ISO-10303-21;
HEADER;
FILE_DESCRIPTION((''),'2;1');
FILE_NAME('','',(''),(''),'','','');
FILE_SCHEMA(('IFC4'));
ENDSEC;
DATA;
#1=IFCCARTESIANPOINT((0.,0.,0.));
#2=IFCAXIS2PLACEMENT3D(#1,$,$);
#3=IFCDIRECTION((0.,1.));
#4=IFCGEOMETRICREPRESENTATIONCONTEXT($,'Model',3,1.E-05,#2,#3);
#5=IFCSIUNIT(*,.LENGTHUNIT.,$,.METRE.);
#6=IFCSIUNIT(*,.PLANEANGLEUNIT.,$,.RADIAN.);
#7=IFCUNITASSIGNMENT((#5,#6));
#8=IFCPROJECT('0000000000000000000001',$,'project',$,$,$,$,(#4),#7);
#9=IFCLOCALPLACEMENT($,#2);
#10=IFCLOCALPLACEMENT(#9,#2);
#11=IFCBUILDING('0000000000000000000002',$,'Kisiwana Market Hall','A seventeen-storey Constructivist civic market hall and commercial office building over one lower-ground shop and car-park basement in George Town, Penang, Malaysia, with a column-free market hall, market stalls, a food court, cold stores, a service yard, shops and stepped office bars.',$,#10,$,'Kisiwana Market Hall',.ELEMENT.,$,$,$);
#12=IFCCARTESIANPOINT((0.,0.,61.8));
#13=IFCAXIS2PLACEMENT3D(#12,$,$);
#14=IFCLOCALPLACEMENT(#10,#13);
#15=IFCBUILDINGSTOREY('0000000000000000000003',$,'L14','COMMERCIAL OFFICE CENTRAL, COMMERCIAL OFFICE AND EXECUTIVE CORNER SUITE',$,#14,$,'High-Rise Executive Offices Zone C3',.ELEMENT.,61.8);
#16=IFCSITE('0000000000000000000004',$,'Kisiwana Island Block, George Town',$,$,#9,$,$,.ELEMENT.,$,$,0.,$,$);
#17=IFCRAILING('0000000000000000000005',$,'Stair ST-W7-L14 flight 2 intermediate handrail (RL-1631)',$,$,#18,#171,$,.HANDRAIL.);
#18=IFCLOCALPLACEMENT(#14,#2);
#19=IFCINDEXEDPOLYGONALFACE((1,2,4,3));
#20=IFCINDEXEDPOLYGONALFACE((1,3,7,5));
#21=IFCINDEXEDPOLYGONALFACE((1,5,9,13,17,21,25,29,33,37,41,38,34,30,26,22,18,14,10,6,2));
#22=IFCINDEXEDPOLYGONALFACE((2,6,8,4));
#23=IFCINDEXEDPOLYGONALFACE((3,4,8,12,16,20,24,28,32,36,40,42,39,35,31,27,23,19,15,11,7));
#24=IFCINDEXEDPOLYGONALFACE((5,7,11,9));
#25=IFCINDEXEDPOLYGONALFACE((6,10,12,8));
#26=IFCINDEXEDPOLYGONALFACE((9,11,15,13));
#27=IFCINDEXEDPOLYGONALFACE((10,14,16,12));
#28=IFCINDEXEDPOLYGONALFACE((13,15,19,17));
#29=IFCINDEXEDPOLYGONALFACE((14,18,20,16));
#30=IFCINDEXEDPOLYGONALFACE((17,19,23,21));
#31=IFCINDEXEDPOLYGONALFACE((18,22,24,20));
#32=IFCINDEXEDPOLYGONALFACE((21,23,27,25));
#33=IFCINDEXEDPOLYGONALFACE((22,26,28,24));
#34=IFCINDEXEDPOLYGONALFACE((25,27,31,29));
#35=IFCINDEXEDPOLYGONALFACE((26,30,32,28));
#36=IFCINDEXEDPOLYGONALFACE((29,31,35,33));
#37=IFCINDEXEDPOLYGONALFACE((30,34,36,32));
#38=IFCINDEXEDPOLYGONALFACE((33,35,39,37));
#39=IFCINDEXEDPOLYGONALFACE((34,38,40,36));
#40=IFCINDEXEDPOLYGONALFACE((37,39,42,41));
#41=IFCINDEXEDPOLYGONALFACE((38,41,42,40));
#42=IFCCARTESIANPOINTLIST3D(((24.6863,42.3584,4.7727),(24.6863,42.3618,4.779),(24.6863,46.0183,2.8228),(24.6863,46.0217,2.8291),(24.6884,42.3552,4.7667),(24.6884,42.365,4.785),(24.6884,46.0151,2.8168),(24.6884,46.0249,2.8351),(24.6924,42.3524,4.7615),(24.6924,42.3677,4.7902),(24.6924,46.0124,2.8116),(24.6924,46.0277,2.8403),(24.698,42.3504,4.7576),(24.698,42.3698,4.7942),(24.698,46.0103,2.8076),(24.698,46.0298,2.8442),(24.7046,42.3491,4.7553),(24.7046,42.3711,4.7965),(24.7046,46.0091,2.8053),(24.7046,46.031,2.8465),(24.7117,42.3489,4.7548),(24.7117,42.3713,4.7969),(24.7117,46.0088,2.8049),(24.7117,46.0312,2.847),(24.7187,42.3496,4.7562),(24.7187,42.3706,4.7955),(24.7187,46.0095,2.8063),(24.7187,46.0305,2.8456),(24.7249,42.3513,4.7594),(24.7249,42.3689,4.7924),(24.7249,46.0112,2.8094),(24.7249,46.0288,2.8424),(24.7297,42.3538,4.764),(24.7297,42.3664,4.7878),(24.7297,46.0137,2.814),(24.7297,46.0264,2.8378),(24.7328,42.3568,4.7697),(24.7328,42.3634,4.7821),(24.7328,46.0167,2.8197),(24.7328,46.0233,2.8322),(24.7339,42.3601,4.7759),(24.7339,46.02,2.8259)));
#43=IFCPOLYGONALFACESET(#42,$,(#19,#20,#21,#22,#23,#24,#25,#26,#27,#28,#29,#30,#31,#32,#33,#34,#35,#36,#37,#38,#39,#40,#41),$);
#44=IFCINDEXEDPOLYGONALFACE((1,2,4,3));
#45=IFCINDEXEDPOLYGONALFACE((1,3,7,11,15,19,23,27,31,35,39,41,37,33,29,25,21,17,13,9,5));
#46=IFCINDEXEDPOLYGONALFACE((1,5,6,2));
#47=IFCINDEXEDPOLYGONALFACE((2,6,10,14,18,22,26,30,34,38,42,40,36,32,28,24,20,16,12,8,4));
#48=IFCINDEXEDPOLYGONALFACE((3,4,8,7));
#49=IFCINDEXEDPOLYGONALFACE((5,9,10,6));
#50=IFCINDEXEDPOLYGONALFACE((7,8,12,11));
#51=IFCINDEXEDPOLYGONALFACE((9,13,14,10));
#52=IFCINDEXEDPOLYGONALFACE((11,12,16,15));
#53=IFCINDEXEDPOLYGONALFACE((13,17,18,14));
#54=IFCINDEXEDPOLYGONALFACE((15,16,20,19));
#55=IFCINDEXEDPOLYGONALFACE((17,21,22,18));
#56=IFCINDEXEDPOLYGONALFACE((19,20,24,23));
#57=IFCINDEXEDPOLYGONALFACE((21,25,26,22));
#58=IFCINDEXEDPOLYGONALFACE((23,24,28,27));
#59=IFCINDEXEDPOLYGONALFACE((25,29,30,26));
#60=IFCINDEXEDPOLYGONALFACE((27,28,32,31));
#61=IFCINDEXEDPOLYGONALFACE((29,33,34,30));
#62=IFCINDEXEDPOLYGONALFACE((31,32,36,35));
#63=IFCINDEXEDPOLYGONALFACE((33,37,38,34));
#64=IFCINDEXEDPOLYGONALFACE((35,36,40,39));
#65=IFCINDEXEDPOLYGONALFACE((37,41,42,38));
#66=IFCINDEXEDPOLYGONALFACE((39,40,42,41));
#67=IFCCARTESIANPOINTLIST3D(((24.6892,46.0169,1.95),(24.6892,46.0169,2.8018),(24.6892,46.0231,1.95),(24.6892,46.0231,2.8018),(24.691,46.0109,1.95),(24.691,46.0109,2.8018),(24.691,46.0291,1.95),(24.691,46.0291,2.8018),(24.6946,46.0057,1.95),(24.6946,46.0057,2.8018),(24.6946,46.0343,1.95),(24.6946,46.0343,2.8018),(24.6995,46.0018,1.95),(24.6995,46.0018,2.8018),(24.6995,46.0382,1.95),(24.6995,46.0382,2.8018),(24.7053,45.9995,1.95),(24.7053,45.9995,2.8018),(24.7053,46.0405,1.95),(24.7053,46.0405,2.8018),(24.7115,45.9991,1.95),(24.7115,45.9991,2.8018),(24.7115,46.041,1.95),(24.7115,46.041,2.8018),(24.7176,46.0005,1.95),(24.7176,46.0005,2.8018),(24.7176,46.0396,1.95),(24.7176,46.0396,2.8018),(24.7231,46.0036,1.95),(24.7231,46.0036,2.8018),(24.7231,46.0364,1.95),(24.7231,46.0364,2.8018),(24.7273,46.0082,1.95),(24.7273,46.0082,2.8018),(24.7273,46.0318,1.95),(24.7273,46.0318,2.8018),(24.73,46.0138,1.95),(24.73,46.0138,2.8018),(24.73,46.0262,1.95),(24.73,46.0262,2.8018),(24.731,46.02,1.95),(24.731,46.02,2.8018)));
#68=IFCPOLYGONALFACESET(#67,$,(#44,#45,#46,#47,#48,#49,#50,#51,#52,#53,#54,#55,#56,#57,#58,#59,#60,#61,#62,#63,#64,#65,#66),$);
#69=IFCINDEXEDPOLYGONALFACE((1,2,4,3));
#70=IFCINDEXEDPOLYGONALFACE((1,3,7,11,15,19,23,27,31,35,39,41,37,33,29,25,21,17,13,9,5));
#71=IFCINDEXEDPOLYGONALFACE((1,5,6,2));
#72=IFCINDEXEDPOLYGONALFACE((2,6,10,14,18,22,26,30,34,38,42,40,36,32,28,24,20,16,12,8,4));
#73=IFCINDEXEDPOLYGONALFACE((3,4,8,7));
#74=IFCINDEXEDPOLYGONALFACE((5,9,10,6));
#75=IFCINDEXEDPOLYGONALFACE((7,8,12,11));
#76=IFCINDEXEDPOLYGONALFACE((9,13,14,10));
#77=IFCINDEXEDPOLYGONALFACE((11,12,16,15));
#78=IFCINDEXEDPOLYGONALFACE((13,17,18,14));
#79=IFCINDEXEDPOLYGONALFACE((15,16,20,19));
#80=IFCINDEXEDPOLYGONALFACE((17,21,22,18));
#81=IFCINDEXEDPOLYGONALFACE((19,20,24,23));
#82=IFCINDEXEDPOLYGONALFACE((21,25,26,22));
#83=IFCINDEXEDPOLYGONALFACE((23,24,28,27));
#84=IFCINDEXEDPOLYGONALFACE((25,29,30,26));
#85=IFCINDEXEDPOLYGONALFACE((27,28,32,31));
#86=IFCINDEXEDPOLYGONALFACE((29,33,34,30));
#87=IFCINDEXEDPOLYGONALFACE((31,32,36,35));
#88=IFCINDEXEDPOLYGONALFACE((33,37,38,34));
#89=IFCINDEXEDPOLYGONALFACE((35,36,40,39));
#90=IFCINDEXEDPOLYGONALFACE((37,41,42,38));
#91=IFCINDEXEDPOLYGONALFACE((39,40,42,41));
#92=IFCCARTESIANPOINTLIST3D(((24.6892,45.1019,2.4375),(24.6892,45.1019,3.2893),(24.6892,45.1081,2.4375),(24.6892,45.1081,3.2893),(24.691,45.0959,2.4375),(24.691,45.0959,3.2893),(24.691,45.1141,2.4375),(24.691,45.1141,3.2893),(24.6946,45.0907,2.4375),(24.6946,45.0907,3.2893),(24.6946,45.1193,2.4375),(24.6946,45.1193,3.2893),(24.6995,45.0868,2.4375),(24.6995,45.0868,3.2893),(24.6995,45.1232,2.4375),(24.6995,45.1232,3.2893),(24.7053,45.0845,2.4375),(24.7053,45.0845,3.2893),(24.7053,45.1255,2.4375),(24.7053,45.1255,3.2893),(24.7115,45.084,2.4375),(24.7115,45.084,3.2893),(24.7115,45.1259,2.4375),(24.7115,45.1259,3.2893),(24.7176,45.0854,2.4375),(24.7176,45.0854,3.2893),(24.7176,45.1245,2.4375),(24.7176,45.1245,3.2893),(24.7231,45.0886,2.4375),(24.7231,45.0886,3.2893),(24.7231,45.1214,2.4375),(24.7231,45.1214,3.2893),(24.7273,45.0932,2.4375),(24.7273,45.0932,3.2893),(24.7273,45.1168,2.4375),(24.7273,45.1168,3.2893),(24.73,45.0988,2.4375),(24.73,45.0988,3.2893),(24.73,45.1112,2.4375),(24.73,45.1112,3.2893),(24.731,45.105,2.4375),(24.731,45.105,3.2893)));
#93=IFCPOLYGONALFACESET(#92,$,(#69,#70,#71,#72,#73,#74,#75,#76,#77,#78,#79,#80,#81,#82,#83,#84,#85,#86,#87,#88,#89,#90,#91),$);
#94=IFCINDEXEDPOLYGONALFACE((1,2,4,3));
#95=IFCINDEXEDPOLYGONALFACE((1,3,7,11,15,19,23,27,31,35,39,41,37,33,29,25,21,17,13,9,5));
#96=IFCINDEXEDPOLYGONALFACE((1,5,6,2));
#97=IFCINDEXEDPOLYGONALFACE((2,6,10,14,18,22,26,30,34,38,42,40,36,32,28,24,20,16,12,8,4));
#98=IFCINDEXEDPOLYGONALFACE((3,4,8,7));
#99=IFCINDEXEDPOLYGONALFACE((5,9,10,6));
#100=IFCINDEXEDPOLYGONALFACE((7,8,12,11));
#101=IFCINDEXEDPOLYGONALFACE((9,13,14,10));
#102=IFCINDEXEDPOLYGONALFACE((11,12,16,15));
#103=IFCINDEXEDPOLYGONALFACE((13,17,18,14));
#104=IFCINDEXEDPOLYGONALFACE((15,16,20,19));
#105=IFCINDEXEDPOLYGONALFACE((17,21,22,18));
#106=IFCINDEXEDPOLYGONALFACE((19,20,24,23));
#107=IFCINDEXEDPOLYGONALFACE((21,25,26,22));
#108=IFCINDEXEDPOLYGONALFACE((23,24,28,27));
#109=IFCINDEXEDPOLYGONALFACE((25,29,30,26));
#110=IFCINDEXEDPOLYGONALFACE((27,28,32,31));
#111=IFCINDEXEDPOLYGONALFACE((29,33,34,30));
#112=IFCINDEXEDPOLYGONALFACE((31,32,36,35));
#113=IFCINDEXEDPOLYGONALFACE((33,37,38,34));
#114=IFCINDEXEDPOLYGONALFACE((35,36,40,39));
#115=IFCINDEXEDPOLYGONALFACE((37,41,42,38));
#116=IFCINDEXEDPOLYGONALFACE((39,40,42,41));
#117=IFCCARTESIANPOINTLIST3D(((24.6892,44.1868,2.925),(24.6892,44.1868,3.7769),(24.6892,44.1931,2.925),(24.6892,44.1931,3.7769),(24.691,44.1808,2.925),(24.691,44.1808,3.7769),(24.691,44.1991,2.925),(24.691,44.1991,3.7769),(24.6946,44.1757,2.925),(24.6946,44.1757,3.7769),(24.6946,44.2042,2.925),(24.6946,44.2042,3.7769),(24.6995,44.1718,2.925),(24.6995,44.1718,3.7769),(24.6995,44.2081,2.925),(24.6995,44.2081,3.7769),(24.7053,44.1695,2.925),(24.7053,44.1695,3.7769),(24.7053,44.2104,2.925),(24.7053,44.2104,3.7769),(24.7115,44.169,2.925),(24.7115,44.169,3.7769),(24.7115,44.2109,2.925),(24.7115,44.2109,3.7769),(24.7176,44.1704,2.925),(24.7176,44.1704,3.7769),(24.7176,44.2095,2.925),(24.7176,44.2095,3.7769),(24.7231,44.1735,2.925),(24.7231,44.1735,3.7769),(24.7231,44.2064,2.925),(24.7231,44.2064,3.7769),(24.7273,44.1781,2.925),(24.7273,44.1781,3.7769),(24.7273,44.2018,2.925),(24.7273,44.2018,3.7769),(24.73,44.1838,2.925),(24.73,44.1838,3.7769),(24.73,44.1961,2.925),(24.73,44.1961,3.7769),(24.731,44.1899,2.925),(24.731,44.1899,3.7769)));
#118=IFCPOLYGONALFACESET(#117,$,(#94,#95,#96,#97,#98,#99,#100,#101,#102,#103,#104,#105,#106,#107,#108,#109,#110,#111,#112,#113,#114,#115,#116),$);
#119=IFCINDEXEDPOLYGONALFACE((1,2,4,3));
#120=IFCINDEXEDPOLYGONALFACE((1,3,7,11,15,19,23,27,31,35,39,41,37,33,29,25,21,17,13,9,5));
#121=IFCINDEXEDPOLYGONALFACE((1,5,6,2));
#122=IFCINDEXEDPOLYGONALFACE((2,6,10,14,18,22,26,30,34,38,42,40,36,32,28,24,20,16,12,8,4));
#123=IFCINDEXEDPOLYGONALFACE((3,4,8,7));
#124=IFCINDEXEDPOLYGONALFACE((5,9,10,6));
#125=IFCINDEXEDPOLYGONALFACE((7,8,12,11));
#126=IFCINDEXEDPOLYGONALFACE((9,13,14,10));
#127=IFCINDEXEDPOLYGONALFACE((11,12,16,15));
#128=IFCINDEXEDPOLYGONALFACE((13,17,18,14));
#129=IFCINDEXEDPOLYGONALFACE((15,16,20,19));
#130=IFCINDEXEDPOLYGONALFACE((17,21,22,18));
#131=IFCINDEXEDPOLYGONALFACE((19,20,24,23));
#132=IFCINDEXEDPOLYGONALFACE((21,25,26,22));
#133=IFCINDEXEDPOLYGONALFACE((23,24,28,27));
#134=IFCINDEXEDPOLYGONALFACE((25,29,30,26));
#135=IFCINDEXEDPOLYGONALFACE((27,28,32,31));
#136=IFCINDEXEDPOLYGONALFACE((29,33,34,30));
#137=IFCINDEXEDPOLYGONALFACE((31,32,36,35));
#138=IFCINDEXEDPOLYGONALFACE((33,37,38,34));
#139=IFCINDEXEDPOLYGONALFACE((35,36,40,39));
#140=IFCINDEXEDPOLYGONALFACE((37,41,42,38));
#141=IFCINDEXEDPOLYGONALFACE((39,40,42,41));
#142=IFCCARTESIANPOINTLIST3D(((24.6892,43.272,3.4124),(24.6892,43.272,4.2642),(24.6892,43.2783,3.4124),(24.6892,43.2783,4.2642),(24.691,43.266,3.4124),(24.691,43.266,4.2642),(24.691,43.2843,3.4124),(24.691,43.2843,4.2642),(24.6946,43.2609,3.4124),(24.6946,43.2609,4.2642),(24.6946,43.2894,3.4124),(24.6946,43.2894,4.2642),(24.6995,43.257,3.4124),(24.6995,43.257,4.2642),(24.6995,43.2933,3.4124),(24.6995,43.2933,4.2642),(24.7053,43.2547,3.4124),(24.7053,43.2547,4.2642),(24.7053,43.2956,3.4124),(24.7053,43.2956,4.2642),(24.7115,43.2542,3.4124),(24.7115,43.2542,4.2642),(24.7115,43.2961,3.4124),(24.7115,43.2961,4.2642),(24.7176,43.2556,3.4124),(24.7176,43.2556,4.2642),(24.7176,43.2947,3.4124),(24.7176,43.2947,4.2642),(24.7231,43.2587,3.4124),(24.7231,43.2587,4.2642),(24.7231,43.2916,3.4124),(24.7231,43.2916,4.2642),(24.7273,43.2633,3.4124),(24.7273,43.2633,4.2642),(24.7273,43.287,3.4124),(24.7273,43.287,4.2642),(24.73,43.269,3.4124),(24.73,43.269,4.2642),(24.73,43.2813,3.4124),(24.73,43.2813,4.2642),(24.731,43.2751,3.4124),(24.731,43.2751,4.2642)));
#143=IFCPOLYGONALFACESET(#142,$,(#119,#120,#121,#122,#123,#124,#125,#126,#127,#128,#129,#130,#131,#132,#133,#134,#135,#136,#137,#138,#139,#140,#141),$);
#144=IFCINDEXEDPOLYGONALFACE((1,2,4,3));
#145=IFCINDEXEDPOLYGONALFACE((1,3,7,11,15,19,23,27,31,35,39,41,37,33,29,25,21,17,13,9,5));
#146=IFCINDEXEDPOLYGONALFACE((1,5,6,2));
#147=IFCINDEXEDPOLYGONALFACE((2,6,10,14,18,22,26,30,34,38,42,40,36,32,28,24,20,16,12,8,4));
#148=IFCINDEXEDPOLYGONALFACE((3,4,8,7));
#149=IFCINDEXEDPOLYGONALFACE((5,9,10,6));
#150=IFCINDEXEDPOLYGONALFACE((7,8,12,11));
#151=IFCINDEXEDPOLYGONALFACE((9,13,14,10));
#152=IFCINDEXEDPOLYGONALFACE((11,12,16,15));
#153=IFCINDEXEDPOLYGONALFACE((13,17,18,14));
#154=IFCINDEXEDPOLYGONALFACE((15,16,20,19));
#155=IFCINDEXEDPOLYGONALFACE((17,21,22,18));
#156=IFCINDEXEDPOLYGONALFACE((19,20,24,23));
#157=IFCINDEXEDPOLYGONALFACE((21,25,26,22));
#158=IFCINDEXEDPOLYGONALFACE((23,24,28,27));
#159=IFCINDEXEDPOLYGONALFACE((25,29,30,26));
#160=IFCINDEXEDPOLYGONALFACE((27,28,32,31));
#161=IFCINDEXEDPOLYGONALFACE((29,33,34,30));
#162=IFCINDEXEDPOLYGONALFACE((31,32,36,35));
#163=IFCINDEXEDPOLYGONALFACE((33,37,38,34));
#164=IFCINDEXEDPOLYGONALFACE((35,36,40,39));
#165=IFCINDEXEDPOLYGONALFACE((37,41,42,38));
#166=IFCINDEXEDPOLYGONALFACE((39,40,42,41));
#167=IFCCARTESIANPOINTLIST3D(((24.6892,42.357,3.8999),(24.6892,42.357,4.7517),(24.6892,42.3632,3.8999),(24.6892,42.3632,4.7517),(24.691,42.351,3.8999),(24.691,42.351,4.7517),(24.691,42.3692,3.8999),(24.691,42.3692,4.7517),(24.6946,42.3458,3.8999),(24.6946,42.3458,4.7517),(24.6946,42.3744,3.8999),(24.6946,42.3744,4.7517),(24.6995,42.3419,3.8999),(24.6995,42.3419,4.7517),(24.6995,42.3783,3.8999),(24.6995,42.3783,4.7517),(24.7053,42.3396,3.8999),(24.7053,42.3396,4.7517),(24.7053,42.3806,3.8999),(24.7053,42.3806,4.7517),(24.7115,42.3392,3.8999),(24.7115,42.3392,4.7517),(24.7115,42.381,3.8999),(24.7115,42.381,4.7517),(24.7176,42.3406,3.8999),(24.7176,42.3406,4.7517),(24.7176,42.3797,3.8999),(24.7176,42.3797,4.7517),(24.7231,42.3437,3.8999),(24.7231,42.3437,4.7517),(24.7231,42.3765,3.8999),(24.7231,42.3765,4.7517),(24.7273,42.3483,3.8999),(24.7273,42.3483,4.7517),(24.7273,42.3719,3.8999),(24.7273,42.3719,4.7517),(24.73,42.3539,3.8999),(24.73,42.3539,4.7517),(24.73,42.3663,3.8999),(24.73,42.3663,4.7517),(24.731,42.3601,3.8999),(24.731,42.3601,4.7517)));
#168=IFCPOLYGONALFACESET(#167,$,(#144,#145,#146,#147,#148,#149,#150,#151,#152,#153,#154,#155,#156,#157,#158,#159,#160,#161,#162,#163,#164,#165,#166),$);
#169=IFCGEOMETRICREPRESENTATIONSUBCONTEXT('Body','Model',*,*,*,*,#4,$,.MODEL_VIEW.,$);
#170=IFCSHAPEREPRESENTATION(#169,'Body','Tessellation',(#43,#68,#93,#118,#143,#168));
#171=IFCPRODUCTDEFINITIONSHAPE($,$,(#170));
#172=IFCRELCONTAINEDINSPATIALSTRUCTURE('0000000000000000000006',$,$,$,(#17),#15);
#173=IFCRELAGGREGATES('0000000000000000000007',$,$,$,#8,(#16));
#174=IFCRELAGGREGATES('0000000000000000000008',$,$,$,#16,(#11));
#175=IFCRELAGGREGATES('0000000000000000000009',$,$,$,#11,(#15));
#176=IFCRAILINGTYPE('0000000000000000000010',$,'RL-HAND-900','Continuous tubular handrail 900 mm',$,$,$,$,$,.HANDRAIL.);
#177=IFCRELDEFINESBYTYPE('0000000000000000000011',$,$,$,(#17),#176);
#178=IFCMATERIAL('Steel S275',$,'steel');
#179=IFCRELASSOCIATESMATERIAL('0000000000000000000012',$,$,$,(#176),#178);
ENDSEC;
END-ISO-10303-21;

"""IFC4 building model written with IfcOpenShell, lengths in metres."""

from ifc_helpers import new_model, si_unit, direction, frame, origin, origin_2d, place, context, subcontext, project, spatial, circle, extrude, material, type_object, element, save


model = new_model("IFC4")

# Units and contexts
model_context = context("Model", 3, precision=1e-05, world=origin(), true_north=direction((0.0, 1.0)))
body_context = subcontext(model_context, "Body", "Model", "MODEL_VIEW")
ifc_project = project(units=[si_unit("LENGTHUNIT", "METRE"), si_unit("PLANEANGLEUNIT", "RADIAN")], contexts=[model_context])

# Site, building, storey
site_placement = place(None, origin())
site = spatial("IfcSite", under=ifc_project, at=site_placement, Name="Kisiwana Island Block, George Town", CompositionType="ELEMENT", RefElevation=0.0)
building_placement = place(site_placement, origin())
building = spatial("IfcBuilding", under=site, at=building_placement, Name="Kisiwana Market Hall", Description="A seventeen-storey Constructivist civic market hall and commercial office building over one lower-ground shop and car-park basement in George Town, Penang, Malaysia, with a column-free market hall, market stalls, a food court, cold stores, a service yard, shops and stepped office bars.", LongName="Kisiwana Market Hall", CompositionType="ELEMENT")
storey_placement = place(building_placement, frame((0.0, 0.0, 61.8)))
storey = spatial("IfcBuildingStorey", under=building, at=storey_placement, Name="L14", Description="COMMERCIAL OFFICE CENTRAL, COMMERCIAL OFFICE AND EXECUTIVE CORNER SUITE", LongName="High-Rise Executive Offices Zone C3", CompositionType="ELEMENT", Elevation=61.8)

# Railing
ifc_material_1 = material(Name="Steel S275", Category="steel")
railing_type_1 = type_object("IfcRailingType", Name="RL-HAND-900", Description="Continuous tubular handrail 900 mm", PredefinedType="HANDRAIL", material=ifc_material_1)
railing_1_placement = place(storey_placement, frame((24.71, 46.02, 1.95)))
element("IfcRailing", 1, at=railing_1_placement, inside=storey, type_object=railing_type_1, Name="Stair ST-W7-L14 flight 2 intermediate handrail (RL-1631)", PredefinedType="HANDRAIL", context=body_context, shape_type="SweptSolid", body=[
    extrude(circle(Radius=0.0239, at=origin_2d()), frame((0.0, 0.0, 0.876), z_axis=(0.0, -0.882553, 0.470212), x_axis=(1.0, 0.0, 0.0)), (0.0, 0.0, 1.0), 4.147),
    extrude(circle(Radius=0.021, at=origin_2d()), origin(), (0.0, 0.0, 1.0), 0.8518),
    extrude(circle(Radius=0.021, at=origin_2d()), frame((0.0, -0.915, 0.4875)), (0.0, 0.0, 1.0), 0.8518),
    extrude(circle(Radius=0.021, at=origin_2d()), frame((0.0, -1.8301, 0.9751)), (0.0, 0.0, 1.0), 0.8518),
    extrude(circle(Radius=0.021, at=origin_2d()), frame((0.0, -2.7449, 1.4624)), (0.0, 0.0, 1.0), 0.8518),
    extrude(circle(Radius=0.021, at=origin_2d()), frame((0.0, -3.6599, 1.95)), (0.0, 0.0, 1.0), 0.8518),
])

save(model, "model.ifc")
